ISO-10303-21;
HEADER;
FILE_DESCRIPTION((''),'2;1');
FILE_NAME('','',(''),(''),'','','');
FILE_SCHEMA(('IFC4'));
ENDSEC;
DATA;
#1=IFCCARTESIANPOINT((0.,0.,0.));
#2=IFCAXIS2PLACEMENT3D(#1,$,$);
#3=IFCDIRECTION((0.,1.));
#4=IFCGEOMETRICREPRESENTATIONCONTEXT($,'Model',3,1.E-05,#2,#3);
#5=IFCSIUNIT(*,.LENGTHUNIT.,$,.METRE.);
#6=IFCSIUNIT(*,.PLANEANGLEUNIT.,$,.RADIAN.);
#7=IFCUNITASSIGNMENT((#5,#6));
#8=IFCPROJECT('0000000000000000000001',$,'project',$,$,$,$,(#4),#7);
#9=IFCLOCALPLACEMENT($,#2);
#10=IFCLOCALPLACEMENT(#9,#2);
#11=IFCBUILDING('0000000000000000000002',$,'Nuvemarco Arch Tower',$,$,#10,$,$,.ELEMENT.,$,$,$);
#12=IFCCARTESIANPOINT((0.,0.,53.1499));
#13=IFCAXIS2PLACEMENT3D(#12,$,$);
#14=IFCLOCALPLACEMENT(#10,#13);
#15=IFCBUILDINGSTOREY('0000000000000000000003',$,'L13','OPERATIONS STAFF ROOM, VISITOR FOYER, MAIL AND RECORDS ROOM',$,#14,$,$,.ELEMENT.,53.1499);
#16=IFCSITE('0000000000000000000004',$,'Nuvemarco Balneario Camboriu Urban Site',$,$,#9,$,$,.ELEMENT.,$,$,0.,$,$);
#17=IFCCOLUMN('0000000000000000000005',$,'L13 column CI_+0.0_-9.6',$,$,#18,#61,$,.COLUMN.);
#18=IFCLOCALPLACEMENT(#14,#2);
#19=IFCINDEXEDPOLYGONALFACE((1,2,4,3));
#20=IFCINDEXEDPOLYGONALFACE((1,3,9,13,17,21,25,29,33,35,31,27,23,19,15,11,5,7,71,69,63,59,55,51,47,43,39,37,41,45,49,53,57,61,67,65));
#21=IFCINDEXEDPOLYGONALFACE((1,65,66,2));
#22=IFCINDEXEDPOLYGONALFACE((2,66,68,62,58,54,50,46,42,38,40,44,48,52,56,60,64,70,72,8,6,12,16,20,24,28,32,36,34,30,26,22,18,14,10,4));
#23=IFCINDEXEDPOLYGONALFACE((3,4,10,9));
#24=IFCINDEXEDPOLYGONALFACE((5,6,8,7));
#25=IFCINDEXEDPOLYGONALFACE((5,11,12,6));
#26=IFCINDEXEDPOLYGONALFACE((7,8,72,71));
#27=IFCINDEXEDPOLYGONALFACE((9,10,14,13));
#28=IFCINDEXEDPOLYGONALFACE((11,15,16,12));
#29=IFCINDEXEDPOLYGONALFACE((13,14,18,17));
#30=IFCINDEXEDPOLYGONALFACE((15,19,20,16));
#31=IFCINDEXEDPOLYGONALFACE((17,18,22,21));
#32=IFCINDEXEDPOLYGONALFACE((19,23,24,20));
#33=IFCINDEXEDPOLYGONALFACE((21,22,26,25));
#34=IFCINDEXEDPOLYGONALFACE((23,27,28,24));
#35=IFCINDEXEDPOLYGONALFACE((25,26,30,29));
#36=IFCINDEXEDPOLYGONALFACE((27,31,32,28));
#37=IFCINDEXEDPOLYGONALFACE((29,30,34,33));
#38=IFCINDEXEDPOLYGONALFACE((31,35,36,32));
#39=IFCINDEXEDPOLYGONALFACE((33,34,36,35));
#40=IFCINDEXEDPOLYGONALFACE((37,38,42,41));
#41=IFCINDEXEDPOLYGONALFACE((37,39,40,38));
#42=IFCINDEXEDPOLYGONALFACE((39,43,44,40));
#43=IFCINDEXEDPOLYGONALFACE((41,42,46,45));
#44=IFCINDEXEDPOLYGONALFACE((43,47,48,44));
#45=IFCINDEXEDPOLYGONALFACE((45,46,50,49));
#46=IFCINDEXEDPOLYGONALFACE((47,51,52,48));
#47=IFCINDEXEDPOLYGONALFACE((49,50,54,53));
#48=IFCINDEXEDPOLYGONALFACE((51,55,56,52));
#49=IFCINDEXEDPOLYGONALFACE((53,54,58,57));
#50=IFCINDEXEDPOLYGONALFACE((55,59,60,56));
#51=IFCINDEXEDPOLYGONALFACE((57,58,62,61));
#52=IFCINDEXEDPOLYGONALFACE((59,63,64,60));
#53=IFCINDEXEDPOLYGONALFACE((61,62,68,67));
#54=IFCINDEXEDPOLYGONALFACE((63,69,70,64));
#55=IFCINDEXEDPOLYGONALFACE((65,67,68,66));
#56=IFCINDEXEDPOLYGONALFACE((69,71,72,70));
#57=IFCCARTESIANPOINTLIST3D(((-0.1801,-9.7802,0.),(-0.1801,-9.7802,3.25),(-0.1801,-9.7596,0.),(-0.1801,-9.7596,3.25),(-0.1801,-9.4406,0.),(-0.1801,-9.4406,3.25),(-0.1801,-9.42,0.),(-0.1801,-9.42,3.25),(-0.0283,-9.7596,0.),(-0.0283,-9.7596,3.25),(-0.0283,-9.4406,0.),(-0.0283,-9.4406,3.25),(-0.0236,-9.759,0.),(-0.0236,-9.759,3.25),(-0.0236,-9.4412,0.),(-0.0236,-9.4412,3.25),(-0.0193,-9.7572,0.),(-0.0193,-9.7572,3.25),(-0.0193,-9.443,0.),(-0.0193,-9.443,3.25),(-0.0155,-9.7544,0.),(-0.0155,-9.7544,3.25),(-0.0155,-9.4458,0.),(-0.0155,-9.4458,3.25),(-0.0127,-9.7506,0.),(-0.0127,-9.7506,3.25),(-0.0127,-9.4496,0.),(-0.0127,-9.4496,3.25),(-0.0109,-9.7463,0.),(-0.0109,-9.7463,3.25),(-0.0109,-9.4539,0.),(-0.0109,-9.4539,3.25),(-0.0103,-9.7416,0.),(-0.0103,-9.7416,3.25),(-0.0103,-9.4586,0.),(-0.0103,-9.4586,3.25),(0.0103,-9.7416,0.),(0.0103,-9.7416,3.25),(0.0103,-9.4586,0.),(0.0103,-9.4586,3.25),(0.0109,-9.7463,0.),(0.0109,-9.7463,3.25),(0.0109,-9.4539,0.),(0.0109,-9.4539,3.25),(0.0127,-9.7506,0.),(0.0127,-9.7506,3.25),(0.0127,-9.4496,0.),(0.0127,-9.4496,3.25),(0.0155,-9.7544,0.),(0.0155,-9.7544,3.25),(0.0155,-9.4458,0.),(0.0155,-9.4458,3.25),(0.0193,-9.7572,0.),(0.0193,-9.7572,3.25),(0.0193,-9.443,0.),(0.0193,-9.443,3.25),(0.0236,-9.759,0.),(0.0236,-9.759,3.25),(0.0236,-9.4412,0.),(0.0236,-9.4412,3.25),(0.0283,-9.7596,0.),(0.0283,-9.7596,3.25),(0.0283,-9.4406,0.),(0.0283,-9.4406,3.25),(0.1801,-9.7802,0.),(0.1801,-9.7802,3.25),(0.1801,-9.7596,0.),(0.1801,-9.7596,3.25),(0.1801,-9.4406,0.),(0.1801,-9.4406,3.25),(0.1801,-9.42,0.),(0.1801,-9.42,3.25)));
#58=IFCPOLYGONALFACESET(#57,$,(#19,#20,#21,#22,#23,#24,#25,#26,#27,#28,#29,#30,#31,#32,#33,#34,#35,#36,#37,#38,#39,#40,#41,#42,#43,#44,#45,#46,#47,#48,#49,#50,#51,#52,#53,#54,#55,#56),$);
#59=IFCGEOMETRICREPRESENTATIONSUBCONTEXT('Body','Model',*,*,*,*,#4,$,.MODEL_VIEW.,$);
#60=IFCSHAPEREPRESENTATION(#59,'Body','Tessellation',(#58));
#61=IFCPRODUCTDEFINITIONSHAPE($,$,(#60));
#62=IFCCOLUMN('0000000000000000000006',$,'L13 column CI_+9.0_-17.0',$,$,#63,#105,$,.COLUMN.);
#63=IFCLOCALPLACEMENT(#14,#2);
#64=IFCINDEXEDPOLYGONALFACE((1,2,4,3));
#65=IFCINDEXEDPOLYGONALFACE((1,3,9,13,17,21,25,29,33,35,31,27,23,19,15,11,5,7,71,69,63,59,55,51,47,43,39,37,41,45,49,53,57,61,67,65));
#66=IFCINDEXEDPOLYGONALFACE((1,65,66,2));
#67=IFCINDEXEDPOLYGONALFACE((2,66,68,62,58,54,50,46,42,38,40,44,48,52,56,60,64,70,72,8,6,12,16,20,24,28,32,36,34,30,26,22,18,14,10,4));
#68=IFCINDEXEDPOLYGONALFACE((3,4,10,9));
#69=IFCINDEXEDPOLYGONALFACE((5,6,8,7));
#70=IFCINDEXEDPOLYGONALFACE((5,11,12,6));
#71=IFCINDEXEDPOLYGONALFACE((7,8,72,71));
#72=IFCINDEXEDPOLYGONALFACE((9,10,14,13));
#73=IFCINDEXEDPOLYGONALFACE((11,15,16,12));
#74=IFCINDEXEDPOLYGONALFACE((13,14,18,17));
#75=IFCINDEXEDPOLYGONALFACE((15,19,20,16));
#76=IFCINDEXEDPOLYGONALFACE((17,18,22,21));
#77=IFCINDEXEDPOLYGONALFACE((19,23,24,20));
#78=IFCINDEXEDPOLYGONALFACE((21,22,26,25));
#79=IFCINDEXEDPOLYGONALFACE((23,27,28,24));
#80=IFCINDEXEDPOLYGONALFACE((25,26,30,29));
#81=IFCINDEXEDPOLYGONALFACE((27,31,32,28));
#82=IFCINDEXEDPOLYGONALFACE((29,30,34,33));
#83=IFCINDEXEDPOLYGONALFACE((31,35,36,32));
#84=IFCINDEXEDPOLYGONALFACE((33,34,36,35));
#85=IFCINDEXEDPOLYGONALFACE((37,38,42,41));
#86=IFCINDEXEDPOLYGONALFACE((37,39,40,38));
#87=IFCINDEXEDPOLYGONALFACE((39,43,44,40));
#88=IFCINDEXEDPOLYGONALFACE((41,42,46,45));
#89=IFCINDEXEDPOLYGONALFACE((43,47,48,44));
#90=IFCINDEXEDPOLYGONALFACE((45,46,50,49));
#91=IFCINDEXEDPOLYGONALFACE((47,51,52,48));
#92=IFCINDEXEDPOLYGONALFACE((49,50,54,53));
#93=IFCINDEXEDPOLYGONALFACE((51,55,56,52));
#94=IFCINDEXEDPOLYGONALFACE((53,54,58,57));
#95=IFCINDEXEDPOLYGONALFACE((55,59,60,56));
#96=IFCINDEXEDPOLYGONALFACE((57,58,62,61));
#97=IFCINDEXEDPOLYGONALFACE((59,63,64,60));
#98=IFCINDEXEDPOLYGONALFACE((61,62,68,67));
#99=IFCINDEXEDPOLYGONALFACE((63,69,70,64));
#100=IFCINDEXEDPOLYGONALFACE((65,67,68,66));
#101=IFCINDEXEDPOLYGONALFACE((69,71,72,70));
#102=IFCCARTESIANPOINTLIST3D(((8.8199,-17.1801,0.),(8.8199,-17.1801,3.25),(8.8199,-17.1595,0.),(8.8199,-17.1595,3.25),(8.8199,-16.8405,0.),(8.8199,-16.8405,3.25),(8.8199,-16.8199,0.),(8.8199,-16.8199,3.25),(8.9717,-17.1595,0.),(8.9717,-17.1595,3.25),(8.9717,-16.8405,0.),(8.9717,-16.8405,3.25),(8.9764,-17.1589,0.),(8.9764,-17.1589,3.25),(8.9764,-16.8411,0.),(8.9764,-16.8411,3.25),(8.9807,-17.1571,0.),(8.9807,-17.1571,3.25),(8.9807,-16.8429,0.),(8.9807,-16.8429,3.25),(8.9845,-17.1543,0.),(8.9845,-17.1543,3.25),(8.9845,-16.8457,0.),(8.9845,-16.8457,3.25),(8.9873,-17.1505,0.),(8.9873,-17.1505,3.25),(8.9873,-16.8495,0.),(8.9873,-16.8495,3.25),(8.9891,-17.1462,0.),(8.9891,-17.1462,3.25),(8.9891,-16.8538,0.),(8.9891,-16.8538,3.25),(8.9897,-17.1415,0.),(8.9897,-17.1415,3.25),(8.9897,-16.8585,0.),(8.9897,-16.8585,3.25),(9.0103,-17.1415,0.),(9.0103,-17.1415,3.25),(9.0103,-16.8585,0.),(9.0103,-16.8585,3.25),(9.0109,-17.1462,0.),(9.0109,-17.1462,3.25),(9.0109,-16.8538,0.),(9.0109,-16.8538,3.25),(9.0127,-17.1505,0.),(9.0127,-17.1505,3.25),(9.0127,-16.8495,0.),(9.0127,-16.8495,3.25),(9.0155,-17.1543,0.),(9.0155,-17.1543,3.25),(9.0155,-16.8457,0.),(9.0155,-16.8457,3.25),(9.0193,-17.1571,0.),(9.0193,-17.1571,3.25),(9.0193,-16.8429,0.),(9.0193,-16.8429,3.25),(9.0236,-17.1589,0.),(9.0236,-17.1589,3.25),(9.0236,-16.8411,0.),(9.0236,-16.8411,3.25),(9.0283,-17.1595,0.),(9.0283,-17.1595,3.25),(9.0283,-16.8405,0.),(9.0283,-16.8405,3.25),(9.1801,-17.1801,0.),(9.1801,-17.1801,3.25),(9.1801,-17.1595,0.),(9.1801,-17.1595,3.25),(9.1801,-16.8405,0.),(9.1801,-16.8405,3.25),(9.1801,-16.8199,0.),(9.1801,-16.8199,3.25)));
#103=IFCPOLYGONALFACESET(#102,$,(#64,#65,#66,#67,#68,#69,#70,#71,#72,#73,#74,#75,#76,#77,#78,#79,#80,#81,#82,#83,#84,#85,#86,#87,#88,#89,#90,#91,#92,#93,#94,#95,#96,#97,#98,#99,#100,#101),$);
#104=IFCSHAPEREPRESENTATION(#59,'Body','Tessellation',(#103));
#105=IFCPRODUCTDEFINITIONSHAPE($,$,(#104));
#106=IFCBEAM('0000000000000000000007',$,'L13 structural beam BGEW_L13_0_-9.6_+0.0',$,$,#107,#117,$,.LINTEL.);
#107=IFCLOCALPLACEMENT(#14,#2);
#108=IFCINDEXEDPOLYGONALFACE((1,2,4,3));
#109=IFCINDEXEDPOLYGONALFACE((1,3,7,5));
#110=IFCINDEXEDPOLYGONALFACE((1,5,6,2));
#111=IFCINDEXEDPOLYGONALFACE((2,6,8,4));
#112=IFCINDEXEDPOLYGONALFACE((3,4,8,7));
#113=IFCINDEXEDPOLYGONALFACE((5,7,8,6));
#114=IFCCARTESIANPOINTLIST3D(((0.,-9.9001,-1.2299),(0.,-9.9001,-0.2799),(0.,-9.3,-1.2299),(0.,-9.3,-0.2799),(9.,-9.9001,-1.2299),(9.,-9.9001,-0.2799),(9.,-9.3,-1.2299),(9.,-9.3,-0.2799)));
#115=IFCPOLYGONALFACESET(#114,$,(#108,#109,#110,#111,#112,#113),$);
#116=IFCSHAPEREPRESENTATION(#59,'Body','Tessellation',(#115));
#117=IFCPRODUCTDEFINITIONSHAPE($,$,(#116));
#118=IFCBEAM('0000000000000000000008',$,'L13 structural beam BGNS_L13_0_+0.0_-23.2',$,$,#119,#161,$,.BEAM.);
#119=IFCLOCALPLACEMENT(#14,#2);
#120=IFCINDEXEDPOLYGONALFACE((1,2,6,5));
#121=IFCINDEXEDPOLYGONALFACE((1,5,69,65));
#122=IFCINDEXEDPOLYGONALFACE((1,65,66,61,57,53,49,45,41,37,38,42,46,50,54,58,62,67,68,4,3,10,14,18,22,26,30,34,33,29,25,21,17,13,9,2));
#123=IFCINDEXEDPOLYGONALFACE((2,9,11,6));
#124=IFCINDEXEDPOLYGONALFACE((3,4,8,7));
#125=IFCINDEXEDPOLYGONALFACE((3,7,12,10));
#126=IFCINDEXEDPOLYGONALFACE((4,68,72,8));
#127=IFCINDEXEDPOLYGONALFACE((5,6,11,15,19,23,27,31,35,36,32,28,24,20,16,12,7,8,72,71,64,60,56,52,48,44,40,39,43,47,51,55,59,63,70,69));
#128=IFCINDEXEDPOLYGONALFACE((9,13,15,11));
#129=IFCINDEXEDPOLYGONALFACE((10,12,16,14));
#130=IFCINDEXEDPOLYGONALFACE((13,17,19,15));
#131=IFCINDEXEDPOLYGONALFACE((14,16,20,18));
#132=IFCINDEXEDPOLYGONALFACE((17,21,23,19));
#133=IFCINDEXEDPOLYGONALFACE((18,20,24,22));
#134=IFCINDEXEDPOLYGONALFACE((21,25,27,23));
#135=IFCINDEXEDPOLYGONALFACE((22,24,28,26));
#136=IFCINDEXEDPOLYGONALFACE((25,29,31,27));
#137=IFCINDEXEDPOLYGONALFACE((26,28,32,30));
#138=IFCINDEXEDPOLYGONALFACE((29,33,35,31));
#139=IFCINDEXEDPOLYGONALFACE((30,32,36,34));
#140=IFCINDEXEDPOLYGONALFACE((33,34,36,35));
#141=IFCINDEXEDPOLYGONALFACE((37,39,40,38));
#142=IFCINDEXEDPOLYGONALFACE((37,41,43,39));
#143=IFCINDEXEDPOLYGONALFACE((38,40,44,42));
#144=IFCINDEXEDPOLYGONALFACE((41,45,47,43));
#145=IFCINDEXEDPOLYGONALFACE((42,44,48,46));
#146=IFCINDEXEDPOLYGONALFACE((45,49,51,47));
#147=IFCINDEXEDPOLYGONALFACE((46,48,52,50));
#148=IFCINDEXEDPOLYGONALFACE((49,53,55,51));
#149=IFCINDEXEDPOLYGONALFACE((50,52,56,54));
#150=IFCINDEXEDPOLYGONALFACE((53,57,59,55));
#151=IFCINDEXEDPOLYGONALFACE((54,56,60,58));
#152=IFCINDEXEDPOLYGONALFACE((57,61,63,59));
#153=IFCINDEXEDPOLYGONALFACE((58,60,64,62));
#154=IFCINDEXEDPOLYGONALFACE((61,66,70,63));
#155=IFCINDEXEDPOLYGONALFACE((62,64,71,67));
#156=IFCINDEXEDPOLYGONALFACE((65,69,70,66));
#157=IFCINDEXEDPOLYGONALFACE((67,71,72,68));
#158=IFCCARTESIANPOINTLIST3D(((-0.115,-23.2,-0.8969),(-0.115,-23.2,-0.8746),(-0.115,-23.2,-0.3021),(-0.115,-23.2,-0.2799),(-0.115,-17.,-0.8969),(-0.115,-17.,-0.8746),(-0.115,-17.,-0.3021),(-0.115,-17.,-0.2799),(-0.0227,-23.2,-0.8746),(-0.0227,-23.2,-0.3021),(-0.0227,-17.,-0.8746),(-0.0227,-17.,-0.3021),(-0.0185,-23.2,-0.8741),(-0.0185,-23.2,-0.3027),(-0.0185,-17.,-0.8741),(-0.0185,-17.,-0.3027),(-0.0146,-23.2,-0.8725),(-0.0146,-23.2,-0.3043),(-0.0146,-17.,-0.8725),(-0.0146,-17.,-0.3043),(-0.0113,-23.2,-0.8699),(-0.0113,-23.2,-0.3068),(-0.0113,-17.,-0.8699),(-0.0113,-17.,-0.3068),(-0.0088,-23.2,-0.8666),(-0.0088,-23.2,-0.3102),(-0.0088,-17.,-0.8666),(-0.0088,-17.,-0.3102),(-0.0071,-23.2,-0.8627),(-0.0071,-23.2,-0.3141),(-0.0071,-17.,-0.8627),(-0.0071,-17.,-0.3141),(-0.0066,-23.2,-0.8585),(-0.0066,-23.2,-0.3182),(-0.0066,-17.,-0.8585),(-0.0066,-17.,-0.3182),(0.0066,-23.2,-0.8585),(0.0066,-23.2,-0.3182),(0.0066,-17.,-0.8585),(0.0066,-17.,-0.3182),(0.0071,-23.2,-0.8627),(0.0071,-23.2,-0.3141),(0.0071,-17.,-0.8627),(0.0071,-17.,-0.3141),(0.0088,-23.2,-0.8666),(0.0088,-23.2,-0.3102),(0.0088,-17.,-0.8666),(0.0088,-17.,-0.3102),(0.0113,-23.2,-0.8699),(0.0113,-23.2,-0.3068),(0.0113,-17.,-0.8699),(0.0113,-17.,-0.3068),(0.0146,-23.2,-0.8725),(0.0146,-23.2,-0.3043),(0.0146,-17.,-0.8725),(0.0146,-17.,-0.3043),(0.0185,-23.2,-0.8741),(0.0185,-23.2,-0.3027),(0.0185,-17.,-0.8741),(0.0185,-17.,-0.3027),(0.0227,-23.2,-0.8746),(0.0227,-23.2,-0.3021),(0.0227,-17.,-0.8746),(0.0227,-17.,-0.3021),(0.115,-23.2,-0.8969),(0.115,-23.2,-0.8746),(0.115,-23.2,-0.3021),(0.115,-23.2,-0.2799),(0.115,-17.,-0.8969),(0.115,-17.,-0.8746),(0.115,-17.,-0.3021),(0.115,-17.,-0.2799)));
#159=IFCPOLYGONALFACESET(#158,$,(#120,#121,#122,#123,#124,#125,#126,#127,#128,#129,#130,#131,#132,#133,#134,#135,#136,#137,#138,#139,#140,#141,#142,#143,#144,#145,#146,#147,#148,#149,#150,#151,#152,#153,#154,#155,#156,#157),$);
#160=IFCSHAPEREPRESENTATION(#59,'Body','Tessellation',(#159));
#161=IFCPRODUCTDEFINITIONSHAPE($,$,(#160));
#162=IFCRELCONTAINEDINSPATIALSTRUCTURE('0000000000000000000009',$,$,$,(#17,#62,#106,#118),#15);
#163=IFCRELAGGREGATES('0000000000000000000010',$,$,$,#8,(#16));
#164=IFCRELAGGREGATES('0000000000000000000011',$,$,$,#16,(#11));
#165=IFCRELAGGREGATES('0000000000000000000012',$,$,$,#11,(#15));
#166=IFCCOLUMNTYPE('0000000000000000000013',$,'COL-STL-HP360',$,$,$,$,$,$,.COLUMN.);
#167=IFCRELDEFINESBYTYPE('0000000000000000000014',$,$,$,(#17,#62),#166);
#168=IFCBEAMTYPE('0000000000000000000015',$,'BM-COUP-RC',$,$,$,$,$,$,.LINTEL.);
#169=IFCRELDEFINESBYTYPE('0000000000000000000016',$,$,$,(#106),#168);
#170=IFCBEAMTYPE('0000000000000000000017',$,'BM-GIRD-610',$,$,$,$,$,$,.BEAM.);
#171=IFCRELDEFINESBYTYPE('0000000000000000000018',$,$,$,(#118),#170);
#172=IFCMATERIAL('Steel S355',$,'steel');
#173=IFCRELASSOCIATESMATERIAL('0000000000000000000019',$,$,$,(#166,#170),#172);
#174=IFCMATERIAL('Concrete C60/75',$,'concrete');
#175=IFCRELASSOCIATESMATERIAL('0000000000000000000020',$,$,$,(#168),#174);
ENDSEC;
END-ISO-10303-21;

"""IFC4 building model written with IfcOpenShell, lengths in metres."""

from ifc_helpers import new_model, si_unit, direction, frame, origin, origin_2d, place, context, subcontext, project, spatial, rectangle, i_section, extrude, material, material_profile, profile_set, type_object, element, save


model = new_model("IFC4")

# Units and contexts
model_context = context("Model", 3, precision=1e-05, world=origin(), true_north=direction((0.0, 1.0)))
body_context = subcontext(model_context, "Body", "Model", "MODEL_VIEW")
ifc_project = project(units=[si_unit("LENGTHUNIT", "METRE"), si_unit("PLANEANGLEUNIT", "RADIAN")], contexts=[model_context])

# Site, building, storey
site_placement = place(None, origin())
site = spatial("IfcSite", under=ifc_project, at=site_placement, Name="Nuvemarco Balneario Camboriu Urban Site", CompositionType="ELEMENT", RefElevation=0.0)
building_placement = place(site_placement, origin())
building = spatial("IfcBuilding", under=site, at=building_placement, Name="Nuvemarco Arch Tower", CompositionType="ELEMENT")
storey_placement = place(building_placement, frame((0.0, 0.0, 53.1499)))
storey = spatial("IfcBuildingStorey", under=building, at=storey_placement, Name="L13", Description="OPERATIONS STAFF ROOM, VISITOR FOYER, MAIL AND RECORDS ROOM", CompositionType="ELEMENT", Elevation=53.1499)

# Columns
ifc_material_1 = material(Name="Steel S355", Category="steel")
ifc_material_profile_1 = material_profile(ifc_material_1, i_section(OverallWidth=0.3601, OverallDepth=0.3601, WebThickness=0.0205, FlangeThickness=0.0205, FilletRadius=0.0181, at=origin_2d()), Name="HP360x174")
ifc_profile_set_1 = profile_set([ifc_material_profile_1], Name="Steel S355")
column_type_1 = type_object("IfcColumnType", Name="COL-STL-HP360", PredefinedType="COLUMN", material=ifc_profile_set_1)
for number, where, z_axis, x_axis, name in (
    (1, (0.0, -9.6001, 0.0), (0.0, 0.0, 1.0), (1.0, 0.0, 0.0), "L13 column CI_+0.0_-9.6"),
    (2, (9.0, -17.0, 0.0), (0.0, 0.0, 1.0), (1.0, 0.0, 0.0), "L13 column CI_+9.0_-17.0"),
):
    element("IfcColumn", number, at=place(storey_placement, frame(where, z_axis=z_axis, x_axis=x_axis)), inside=storey, type_object=column_type_1, Name=name, PredefinedType="COLUMN", context=body_context, shape_type="SweptSolid", body=[
        extrude(i_section(OverallWidth=0.3601, OverallDepth=0.3601, WebThickness=0.0205, FlangeThickness=0.0205, FilletRadius=0.0181, at=origin_2d()), origin(), (0.0, 0.0, 1.0), 3.25),
    ])

# Beams
ifc_material_2 = material(Name="Concrete C60/75", Category="concrete")
ifc_material_profile_2 = material_profile(ifc_material_2, rectangle(XDim=0.6001, YDim=0.95, at=origin_2d()), Name="RC-BM-600x950")
ifc_profile_set_2 = profile_set([ifc_material_profile_2], Name="Concrete C60/75")
beam_type_1 = type_object("IfcBeamType", Name="BM-COUP-RC", PredefinedType="LINTEL", material=ifc_profile_set_2)
beam_1_placement = place(storey_placement, frame((0.0, -9.6001, -0.7549), z_axis=(1.0, 0.0, 0.0), x_axis=(0.0, 1.0, 0.0)))
element("IfcBeam", 3, at=beam_1_placement, inside=storey, type_object=beam_type_1, Name="L13 structural beam BGEW_L13_0_-9.6_+0.0", PredefinedType="LINTEL", context=body_context, shape_type="SweptSolid", body=[
    extrude(rectangle(XDim=0.6001, YDim=0.95, at=origin_2d()), origin(), (0.0, 0.0, 1.0), 9.0),
])
ifc_material_profile_3 = material_profile(ifc_material_1, i_section(OverallWidth=0.23, OverallDepth=0.6169, WebThickness=0.0132, FlangeThickness=0.0222, FilletRadius=0.0161, at=origin_2d()), Name="W610x140")
ifc_profile_set_3 = profile_set([ifc_material_profile_3], Name="Steel S355")
beam_type_2 = type_object("IfcBeamType", Name="BM-GIRD-610", PredefinedType="BEAM", material=ifc_profile_set_3)
beam_2_placement = place(storey_placement, frame((0.0, -23.2, -0.5884), z_axis=(0.0, 1.0, 0.0), x_axis=(-1.0, 0.0, 0.0)))
element("IfcBeam", 4, at=beam_2_placement, inside=storey, type_object=beam_type_2, Name="L13 structural beam BGNS_L13_0_+0.0_-23.2", PredefinedType="BEAM", context=body_context, shape_type="SweptSolid", body=[
    extrude(i_section(OverallWidth=0.23, OverallDepth=0.6169, WebThickness=0.0132, FlangeThickness=0.0222, FilletRadius=0.0161, at=origin_2d()), origin(), (0.0, 0.0, 1.0), 6.2),
])

save(model, "model.ifc")
